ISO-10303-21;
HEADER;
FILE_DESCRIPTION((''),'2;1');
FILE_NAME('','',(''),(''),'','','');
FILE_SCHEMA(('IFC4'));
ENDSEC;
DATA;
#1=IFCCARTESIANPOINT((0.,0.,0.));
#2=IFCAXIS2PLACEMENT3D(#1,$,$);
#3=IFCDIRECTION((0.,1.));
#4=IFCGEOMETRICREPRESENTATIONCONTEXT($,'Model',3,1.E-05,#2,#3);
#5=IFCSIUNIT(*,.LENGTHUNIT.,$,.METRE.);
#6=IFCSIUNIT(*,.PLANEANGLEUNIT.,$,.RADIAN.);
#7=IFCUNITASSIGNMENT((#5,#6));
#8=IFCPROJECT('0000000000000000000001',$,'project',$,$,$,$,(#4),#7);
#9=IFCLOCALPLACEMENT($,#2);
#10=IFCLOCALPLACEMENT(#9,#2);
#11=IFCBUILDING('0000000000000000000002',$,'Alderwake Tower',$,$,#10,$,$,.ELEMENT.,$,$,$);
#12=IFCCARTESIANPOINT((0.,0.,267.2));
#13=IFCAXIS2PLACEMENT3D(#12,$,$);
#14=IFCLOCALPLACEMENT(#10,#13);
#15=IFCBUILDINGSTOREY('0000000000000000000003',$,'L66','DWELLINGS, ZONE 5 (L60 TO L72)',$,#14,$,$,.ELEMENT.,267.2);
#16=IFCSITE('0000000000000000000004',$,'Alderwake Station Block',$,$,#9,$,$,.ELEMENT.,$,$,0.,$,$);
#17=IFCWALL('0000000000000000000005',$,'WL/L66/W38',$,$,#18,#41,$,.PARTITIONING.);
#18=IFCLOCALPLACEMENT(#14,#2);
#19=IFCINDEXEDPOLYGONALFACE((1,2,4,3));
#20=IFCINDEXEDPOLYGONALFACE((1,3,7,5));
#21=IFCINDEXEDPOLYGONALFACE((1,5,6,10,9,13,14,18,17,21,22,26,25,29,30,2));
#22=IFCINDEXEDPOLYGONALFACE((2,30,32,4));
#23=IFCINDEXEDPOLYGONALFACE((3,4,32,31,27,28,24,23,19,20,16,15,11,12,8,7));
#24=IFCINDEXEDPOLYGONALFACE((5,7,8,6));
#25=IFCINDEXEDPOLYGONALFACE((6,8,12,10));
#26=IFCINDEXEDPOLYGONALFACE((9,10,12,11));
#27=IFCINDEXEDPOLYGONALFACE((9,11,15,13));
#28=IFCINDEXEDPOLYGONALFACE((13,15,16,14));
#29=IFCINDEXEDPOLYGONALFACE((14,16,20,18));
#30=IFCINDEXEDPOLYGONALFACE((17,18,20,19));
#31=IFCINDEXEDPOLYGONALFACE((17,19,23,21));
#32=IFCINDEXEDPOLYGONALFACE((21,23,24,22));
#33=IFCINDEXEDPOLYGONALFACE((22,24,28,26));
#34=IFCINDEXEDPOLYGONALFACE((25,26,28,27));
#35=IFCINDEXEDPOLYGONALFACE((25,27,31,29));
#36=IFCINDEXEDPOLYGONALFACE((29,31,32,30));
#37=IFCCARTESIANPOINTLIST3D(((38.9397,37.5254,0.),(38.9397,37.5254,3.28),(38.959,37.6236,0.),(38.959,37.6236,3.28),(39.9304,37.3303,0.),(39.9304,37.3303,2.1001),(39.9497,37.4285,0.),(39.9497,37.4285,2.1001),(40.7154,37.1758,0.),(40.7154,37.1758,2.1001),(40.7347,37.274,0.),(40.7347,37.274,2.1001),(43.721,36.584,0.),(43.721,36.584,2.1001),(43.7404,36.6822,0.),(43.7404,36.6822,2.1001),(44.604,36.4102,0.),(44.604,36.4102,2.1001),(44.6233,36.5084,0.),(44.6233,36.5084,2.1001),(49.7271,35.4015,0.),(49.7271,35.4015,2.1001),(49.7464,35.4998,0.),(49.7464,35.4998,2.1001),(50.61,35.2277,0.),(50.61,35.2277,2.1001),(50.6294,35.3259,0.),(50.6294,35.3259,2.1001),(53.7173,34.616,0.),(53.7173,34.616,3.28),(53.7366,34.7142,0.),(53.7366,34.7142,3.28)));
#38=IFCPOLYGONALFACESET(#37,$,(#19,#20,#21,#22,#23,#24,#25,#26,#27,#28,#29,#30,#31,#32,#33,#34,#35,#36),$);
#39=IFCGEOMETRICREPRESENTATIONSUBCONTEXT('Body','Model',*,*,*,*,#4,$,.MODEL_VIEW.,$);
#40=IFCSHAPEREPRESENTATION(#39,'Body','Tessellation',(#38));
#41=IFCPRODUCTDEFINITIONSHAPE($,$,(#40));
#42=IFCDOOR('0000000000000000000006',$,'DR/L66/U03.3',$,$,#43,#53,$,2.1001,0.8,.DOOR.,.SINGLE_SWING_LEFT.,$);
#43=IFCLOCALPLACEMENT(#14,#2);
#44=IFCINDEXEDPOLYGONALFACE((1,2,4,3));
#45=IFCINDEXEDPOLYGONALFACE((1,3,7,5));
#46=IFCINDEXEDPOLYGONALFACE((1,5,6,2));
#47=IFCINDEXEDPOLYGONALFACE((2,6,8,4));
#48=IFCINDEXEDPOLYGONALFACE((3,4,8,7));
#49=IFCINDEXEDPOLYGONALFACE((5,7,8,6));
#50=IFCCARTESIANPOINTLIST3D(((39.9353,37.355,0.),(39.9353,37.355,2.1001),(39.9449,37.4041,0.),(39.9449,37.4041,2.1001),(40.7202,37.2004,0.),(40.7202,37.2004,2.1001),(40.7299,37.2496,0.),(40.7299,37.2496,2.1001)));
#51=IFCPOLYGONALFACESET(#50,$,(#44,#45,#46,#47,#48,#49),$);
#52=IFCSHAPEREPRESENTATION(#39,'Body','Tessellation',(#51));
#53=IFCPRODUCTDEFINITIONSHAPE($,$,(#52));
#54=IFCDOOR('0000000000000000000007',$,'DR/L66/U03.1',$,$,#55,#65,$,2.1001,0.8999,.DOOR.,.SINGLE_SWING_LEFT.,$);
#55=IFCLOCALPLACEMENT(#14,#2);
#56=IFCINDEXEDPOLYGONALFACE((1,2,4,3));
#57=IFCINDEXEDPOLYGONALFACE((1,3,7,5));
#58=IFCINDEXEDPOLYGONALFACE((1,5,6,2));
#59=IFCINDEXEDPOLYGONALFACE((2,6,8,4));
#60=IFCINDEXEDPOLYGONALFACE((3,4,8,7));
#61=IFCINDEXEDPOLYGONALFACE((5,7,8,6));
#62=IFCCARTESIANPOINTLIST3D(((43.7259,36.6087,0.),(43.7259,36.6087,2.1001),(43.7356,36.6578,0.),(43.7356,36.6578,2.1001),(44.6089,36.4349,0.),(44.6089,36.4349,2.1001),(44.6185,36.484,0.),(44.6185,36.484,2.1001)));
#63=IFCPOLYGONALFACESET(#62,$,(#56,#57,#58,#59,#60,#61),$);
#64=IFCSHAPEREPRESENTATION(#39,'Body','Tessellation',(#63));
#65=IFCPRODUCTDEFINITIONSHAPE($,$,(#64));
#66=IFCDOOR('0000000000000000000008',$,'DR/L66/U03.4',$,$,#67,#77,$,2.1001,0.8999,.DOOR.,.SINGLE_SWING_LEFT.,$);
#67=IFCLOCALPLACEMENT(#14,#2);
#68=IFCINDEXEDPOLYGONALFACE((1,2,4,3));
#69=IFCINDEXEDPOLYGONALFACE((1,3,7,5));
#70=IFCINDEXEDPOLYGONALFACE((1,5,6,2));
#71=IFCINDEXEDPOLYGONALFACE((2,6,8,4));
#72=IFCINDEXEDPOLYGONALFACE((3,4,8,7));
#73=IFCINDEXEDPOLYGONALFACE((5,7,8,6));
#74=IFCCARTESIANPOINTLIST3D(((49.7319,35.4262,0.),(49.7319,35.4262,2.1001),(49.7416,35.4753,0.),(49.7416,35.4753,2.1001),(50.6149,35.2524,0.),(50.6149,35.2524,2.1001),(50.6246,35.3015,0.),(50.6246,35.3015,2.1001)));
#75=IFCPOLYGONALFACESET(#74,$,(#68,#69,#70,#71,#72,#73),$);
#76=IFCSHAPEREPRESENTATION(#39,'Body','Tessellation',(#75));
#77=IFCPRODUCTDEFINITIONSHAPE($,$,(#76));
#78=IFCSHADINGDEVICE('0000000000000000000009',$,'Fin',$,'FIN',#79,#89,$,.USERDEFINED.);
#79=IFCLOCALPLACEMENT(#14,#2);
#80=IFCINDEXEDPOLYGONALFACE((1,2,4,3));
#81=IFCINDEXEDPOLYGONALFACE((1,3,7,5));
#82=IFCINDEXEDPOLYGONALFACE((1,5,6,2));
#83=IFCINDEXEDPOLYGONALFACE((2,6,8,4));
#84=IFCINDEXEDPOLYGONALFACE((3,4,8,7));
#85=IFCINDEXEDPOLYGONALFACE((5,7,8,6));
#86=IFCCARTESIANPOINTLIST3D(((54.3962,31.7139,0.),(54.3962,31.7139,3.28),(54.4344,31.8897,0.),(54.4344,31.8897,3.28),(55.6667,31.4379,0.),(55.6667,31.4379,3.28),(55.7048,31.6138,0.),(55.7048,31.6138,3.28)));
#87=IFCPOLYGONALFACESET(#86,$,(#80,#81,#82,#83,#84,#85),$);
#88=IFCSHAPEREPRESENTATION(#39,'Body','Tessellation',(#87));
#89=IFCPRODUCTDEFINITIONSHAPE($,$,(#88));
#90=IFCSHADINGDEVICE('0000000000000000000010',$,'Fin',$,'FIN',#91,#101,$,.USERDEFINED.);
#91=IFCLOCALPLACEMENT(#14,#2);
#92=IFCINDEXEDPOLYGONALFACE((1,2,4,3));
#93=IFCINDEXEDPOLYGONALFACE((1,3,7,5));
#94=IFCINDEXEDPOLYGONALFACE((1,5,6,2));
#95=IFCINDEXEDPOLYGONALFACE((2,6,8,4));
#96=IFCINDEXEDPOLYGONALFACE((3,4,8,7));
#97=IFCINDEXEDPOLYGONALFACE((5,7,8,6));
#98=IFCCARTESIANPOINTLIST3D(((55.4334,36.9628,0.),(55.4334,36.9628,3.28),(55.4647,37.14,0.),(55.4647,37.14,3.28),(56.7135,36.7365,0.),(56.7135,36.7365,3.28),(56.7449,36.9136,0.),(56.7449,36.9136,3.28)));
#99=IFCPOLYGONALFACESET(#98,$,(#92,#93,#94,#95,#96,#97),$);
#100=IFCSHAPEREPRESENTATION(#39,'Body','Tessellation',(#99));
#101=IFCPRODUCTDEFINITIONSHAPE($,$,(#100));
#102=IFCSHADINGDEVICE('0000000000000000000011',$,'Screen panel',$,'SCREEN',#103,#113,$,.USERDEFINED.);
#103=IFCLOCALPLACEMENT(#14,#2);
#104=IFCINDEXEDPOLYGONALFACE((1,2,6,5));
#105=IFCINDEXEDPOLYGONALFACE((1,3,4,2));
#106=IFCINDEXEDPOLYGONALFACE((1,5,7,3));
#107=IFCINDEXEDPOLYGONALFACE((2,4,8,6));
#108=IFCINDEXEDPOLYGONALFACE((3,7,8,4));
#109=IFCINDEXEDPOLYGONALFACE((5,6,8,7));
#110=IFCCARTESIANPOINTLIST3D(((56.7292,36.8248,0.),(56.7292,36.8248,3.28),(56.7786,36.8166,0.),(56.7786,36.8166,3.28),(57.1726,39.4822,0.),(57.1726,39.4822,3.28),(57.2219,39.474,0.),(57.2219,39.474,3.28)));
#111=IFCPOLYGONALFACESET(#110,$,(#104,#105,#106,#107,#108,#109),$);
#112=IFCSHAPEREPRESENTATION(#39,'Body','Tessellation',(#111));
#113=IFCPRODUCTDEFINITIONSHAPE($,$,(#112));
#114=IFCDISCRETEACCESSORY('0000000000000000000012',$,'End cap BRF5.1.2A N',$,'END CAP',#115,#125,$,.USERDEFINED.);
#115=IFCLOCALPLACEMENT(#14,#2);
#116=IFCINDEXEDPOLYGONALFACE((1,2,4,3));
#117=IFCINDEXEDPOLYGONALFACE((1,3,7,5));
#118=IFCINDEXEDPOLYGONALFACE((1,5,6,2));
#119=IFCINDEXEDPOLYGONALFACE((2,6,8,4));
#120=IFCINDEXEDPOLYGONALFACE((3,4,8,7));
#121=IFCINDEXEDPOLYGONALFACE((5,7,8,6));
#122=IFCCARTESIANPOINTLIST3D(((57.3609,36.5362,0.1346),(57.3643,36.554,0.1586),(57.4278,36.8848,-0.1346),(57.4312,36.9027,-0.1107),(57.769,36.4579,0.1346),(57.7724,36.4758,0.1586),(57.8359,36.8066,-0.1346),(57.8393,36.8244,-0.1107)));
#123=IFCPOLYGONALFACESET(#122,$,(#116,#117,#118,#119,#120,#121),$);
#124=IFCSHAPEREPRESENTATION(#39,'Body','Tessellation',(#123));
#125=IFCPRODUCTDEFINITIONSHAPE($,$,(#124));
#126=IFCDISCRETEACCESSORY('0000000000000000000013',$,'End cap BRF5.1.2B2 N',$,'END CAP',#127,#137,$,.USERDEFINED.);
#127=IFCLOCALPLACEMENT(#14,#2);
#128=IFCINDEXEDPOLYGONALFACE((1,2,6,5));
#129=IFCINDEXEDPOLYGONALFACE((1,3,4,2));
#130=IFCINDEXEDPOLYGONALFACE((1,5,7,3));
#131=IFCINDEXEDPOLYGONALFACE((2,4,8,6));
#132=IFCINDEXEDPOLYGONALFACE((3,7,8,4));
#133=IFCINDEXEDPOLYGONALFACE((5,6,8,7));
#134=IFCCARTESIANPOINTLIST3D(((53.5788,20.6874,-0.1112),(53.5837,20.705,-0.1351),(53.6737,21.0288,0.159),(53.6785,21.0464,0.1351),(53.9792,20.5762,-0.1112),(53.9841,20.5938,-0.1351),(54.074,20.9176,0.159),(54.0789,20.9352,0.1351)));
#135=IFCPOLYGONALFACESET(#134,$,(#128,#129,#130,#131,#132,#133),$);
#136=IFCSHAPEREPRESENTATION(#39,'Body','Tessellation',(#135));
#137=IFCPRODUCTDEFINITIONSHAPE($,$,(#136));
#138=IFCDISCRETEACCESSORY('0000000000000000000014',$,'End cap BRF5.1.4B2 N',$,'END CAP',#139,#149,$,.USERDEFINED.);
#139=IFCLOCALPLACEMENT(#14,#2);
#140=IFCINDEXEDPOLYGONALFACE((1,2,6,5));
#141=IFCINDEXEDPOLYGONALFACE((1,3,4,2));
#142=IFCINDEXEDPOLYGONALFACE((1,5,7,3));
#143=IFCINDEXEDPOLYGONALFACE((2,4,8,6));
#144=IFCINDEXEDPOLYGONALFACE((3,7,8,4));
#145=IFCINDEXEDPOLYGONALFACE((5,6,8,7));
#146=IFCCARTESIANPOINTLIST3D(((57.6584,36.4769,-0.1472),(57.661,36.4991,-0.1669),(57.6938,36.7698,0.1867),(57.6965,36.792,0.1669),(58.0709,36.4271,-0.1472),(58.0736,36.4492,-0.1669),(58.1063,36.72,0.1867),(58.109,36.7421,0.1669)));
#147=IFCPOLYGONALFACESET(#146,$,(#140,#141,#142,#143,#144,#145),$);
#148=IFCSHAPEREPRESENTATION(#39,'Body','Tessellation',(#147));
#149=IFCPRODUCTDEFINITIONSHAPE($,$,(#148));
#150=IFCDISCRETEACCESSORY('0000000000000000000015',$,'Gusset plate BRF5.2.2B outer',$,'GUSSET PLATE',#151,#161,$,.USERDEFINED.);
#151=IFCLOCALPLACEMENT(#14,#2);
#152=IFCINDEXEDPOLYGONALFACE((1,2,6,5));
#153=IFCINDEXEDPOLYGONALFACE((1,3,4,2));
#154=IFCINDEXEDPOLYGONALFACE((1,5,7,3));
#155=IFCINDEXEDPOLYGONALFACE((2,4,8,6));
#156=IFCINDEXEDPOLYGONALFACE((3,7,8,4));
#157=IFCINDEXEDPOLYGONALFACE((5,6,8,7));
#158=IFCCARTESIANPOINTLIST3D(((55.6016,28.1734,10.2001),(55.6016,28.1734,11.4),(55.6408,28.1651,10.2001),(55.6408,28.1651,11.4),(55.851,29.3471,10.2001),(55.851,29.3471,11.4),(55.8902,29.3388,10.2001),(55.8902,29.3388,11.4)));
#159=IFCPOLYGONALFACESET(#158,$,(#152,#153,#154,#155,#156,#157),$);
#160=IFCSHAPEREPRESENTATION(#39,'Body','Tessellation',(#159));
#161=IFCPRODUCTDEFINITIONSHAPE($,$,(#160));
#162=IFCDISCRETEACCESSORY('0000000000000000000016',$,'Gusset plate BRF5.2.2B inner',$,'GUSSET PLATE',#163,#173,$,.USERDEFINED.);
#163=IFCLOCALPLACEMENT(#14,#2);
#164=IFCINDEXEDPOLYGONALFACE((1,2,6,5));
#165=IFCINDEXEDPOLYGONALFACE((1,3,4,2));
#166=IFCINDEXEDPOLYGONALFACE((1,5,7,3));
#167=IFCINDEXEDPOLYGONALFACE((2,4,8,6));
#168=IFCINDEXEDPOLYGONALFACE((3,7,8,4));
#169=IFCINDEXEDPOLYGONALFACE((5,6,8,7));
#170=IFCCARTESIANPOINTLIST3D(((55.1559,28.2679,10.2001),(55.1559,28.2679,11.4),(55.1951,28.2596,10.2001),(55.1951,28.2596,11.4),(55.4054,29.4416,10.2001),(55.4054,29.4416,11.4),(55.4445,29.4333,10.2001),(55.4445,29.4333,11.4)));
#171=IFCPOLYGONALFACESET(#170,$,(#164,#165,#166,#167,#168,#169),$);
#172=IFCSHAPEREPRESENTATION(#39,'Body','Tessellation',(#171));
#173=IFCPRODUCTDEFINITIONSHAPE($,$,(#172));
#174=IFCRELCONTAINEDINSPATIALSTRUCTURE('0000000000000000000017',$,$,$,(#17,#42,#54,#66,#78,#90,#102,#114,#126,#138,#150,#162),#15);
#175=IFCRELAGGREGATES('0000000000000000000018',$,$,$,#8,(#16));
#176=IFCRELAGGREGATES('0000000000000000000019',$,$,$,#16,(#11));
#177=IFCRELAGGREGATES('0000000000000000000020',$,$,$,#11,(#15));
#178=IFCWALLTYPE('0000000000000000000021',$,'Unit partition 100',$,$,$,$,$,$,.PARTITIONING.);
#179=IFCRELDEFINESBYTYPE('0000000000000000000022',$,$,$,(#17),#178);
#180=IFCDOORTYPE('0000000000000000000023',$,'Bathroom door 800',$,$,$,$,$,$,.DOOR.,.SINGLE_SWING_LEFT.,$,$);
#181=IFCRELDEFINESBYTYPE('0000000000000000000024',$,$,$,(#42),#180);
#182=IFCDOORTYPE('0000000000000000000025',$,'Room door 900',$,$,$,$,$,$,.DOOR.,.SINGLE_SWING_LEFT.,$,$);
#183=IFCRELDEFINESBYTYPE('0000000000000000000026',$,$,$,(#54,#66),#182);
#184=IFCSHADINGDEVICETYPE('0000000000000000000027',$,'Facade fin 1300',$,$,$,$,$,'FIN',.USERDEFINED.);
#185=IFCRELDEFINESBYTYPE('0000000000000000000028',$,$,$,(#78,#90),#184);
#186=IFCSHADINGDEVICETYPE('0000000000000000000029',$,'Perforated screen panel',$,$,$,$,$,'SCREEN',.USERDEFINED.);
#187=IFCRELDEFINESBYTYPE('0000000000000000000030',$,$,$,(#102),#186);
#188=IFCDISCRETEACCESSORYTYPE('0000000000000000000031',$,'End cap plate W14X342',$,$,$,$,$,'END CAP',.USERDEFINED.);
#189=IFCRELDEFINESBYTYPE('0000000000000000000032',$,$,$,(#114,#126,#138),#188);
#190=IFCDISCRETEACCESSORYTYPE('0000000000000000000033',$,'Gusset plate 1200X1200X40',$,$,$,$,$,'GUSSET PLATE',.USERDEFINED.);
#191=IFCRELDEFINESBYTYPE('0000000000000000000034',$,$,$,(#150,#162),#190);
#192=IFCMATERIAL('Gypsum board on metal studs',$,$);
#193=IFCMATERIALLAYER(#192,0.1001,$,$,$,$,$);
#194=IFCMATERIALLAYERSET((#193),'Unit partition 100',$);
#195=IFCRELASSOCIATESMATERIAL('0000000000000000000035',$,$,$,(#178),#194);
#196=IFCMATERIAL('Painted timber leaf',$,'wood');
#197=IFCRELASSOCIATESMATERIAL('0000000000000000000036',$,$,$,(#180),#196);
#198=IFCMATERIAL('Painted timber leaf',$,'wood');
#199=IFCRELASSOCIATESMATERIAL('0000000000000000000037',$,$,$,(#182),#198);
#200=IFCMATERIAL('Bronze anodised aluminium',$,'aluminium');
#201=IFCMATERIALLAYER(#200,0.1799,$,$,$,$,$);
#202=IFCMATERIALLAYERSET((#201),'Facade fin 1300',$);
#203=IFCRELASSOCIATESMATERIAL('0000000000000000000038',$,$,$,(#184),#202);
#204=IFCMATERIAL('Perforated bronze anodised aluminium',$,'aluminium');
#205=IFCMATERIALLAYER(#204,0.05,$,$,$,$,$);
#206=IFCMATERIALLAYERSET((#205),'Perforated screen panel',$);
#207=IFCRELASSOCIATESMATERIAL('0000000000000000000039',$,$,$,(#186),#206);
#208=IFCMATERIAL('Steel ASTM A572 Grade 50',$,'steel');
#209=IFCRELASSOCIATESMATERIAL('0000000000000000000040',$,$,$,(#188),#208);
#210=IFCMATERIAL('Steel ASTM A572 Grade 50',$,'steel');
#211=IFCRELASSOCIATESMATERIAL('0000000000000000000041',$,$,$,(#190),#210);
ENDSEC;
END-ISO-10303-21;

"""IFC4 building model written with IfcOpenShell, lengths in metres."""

from ifc_helpers import new_model, si_unit, direction, frame, frame_2d, origin, origin_2d, place, context, subcontext, project, spatial, rectangle, extrude, material, layer, layer_set, material_profile, profile_set, type_object, element, fill, save


model = new_model("IFC4")

# Units and contexts
model_context = context("Model", 3, precision=1e-05, world=origin(), true_north=direction((0.0, 1.0)))
body_context = subcontext(model_context, "Body", "Model", "MODEL_VIEW")
ifc_project = project(units=[si_unit("LENGTHUNIT", "METRE"), si_unit("PLANEANGLEUNIT", "RADIAN")], contexts=[model_context])

# Site, building, storey
site_placement = place(None, origin())
site = spatial("IfcSite", under=ifc_project, at=site_placement, Name="Alderwake Station Block", CompositionType="ELEMENT", RefElevation=0.0)
building_placement = place(site_placement, origin())
building = spatial("IfcBuilding", under=site, at=building_placement, Name="Alderwake Tower", CompositionType="ELEMENT")
storey_placement = place(building_placement, frame((0.0, 0.0, 267.2)))
storey = spatial("IfcBuildingStorey", under=building, at=storey_placement, Name="L66", Description="DWELLINGS, ZONE 5 (L60 TO L72)", CompositionType="ELEMENT", Elevation=267.2)

# Wall, openings, doors
ifc_material_1 = material(Name="Gypsum board on metal studs")
ifc_layer_1 = layer(ifc_material_1, 0.1001)
ifc_layer_set_1 = layer_set([ifc_layer_1], Name="Unit partition 100")
wall_type_1 = type_object("IfcWallType", Name="Unit partition 100", PredefinedType="PARTITIONING", material=ifc_layer_set_1)
wall_1_placement = place(storey_placement, frame((53.7271, 34.665, 0.0), z_axis=(0.0, 0.0, 1.0), x_axis=(-0.981165, 0.193173, 0.0)))
wall_1 = element("IfcWall", 1, at=wall_1_placement, inside=storey, type_object=wall_type_1, Name="WL/L66/W38", PredefinedType="PARTITIONING", context=body_context, shape_type="SweptSolid", body=[
    extrude(rectangle(XDim=15.0613, YDim=0.1001, at=frame_2d((7.5308, 0.0))), origin(), (0.0, 0.0, 1.0), 3.28),
])
opening_1_placement = place(wall_1_placement, frame((9.2883, 0.0, 0.0)))
opening_1 = element("IfcOpeningElement", 2, at=opening_1_placement, cuts=wall_1, PredefinedType="OPENING", context=body_context, shape_type="SweptSolid", body=[
    extrude(rectangle(XDim=0.8999, YDim=2.1001, at=frame_2d((0.45, 1.05))), frame((0.0, 0.0601, 0.0), z_axis=(0.0, -1.0, 0.0), x_axis=(1.0, 0.0, 0.0)), (0.0, 0.0, 1.0), 0.1201),
])
opening_2_placement = place(wall_1_placement, frame((13.2517, 0.0, 0.0)))
opening_2 = element("IfcOpeningElement", 3, at=opening_2_placement, cuts=wall_1, PredefinedType="OPENING", context=body_context, shape_type="SweptSolid", body=[
    extrude(rectangle(XDim=0.8, YDim=2.1001, at=frame_2d((0.3999, 1.05))), frame((0.0, 0.0601, 0.0), z_axis=(0.0, -1.0, 0.0), x_axis=(1.0, 0.0, 0.0)), (0.0, 0.0, 1.0), 0.1201),
])
opening_3_placement = place(wall_1_placement, frame((3.167, 0.0, 0.0)))
opening_3 = element("IfcOpeningElement", 4, at=opening_3_placement, cuts=wall_1, PredefinedType="OPENING", context=body_context, shape_type="SweptSolid", body=[
    extrude(rectangle(XDim=0.8999, YDim=2.1001, at=frame_2d((0.45, 1.05))), frame((0.0, 0.0601, 0.0), z_axis=(0.0, -1.0, 0.0), x_axis=(1.0, 0.0, 0.0)), (0.0, 0.0, 1.0), 0.1201),
])
ifc_material_2 = material(Name="Painted timber leaf", Category="wood")
door_type_1 = type_object("IfcDoorType", Name="Bathroom door 800", OperationType="SINGLE_SWING_LEFT", PredefinedType="DOOR", material=ifc_material_2)
door_1_placement = place(opening_2_placement, origin())
door_1 = element("IfcDoor", 5, at=door_1_placement, inside=storey, type_object=door_type_1, Name="DR/L66/U03.3", OperationType="SINGLE_SWING_LEFT", OverallHeight=2.1001, OverallWidth=0.8, PredefinedType="DOOR", context=body_context, shape_type="SweptSolid", body=[
    extrude(rectangle(XDim=0.8, YDim=2.1001, at=frame_2d((0.3999, 1.05))), frame((0.0, 0.0249, 0.0), z_axis=(0.0, -1.0, 0.0), x_axis=(1.0, 0.0, 0.0)), (0.0, 0.0, 1.0), 0.05),
])
fill(opening_2, door_1)
ifc_material_3 = material(Name="Painted timber leaf", Category="wood")
door_type_2 = type_object("IfcDoorType", Name="Room door 900", OperationType="SINGLE_SWING_LEFT", PredefinedType="DOOR", material=ifc_material_3)
door_2_placement = place(opening_1_placement, origin())
door_2 = element("IfcDoor", 6, at=door_2_placement, inside=storey, type_object=door_type_2, Name="DR/L66/U03.1", OperationType="SINGLE_SWING_LEFT", OverallHeight=2.1001, OverallWidth=0.8999, PredefinedType="DOOR", context=body_context, shape_type="SweptSolid", body=[
    extrude(rectangle(XDim=0.8999, YDim=2.1001, at=frame_2d((0.45, 1.05))), frame((0.0, 0.0249, 0.0), z_axis=(0.0, -1.0, 0.0), x_axis=(1.0, 0.0, 0.0)), (0.0, 0.0, 1.0), 0.05),
])
fill(opening_1, door_2)
door_3_placement = place(opening_3_placement, origin())
door_3 = element("IfcDoor", 7, at=door_3_placement, inside=storey, type_object=door_type_2, Name="DR/L66/U03.4", OperationType="SINGLE_SWING_LEFT", OverallHeight=2.1001, OverallWidth=0.8999, PredefinedType="DOOR", context=body_context, shape_type="SweptSolid", body=[
    extrude(rectangle(XDim=0.8999, YDim=2.1001, at=frame_2d((0.45, 1.05))), frame((0.0, 0.0249, 0.0), z_axis=(0.0, -1.0, 0.0), x_axis=(1.0, 0.0, 0.0)), (0.0, 0.0, 1.0), 0.05),
])
fill(opening_3, door_3)

# Shading devices
ifc_material_4 = material(Name="Bronze anodised aluminium", Category="aluminium")
ifc_layer_2 = layer(ifc_material_4, 0.1799)
ifc_layer_set_2 = layer_set([ifc_layer_2], Name="Facade fin 1300")
shading_device_type_1 = type_object("IfcShadingDeviceType", Name="Facade fin 1300", ElementType="FIN", PredefinedType="USERDEFINED", material=ifc_layer_set_2)
for number, where, z_axis, x_axis, name in (
    (8, (55.0505, 31.6638, 0.0), (0.0, 0.0, 1.0), (0.97721, -0.212273, 0.0), "Fin"),
    (9, (56.0891, 36.9382, 0.0), (0.0, 0.0, 1.0), (0.984726, -0.174109, 0.0), "Fin"),
):
    element("IfcShadingDevice", number, at=place(storey_placement, frame(where, z_axis=z_axis, x_axis=x_axis)), inside=storey, type_object=shading_device_type_1, Name=name, ObjectType="FIN", PredefinedType="USERDEFINED", context=body_context, shape_type="SweptSolid", body=[
        extrude(rectangle(XDim=1.3, YDim=0.1799, at=origin_2d()), origin(), (0.0, 0.0, 1.0), 3.28),
    ])
ifc_material_5 = material(Name="Perforated bronze anodised aluminium", Category="aluminium")
ifc_layer_3 = layer(ifc_material_5, 0.05)
ifc_layer_set_3 = layer_set([ifc_layer_3], Name="Perforated screen panel")
shading_device_type_2 = type_object("IfcShadingDeviceType", Name="Perforated screen panel", ElementType="SCREEN", PredefinedType="USERDEFINED", material=ifc_layer_set_3)
shading_device_placement = place(storey_placement, frame((56.9756, 38.1494, 0.0), z_axis=(0.0, 0.0, 1.0), x_axis=(0.986369, -0.164548, 0.0)))
element("IfcShadingDevice", 10, at=shading_device_placement, inside=storey, type_object=shading_device_type_2, Name="Screen panel", ObjectType="SCREEN", PredefinedType="USERDEFINED", context=body_context, shape_type="SweptSolid", body=[
    extrude(rectangle(XDim=0.05, YDim=2.6941, at=origin_2d()), origin(), (0.0, 0.0, 1.0), 3.28),
])

# Discrete accessories
ifc_material_6 = material(Name="Steel ASTM A572 Grade 50", Category="steel")
ifc_material_profile_1 = material_profile(ifc_material_6, rectangle(XDim=0.4155, YDim=0.4456, at=origin_2d()), Name="W14X342 cap")
ifc_profile_set_1 = profile_set([ifc_material_profile_1], Name="Steel ASTM A572 Grade 50")
discrete_accessory_type_1 = type_object("IfcDiscreteAccessoryType", Name="End cap plate W14X342", ElementType="END CAP", PredefinedType="USERDEFINED", material=ifc_profile_set_1)
for number, where, z_axis, x_axis, name in (
    (11, (57.5984, 36.6714, 0.0), (0.113821, 0.593496, 0.796748), (-0.982102, 0.188348, 0.0), "End cap BRF5.1.2A N"),
    (12, (53.8313, 20.8201, 0.0), (-0.162285, -0.584228, 0.795199), (0.963518, -0.267644, 0.0), "End cap BRF5.1.2B2 N"),
):
    element("IfcDiscreteAccessory", number, at=place(storey_placement, frame(where, z_axis=z_axis, x_axis=x_axis)), inside=storey, type_object=discrete_accessory_type_1, Name=name, ObjectType="END CAP", PredefinedType="USERDEFINED", context=body_context, shape_type="SweptSolid", body=[
        extrude(rectangle(XDim=0.4155, YDim=0.4456, at=origin_2d()), origin(), (0.0, 0.0, 1.0), 0.03),
    ])
discrete_accessory_placement = place(storey_placement, frame((57.885, 36.6206, 0.0), z_axis=(-0.089926, -0.74393, 0.662179), x_axis=(0.992773, -0.120006, 0.0)))
element("IfcDiscreteAccessory", 13, at=discrete_accessory_placement, inside=storey, type_object=discrete_accessory_type_1, Name="End cap BRF5.1.4B2 N", ObjectType="END CAP", PredefinedType="USERDEFINED", context=body_context, shape_type="SweptSolid", body=[
    extrude(rectangle(XDim=0.4155, YDim=0.4456, at=origin_2d()), origin(), (0.0, 0.0, 1.0), 0.0298),
])
ifc_material_7 = material(Name="Steel ASTM A572 Grade 50", Category="steel")
ifc_material_profile_2 = material_profile(ifc_material_7, rectangle(XDim=1.2, YDim=1.2, at=origin_2d()), Name="gusset 1200X1200")
ifc_profile_set_2 = profile_set([ifc_material_profile_2], Name="Steel ASTM A572 Grade 50")
discrete_accessory_type_2 = type_object("IfcDiscreteAccessoryType", Name="Gusset plate 1200X1200X40", ElementType="GUSSET PLATE", PredefinedType="USERDEFINED", material=ifc_profile_set_2)
for number, where, z_axis, x_axis, name in (
    (14, (55.7263, 28.7603, 10.8), (0.978159, -0.207859, 0.0), (0.207859, 0.978159, 0.0), "Gusset plate BRF5.2.2B outer"),
    (15, (55.3198, 28.8464, 10.8), (-0.978159, 0.207859, 0.0), (-0.207859, -0.978159, 0.0), "Gusset plate BRF5.2.2B inner"),
):
    element("IfcDiscreteAccessory", number, at=place(storey_placement, frame(where, z_axis=z_axis, x_axis=x_axis)), inside=storey, type_object=discrete_accessory_type_2, Name=name, ObjectType="GUSSET PLATE", PredefinedType="USERDEFINED", context=body_context, shape_type="SweptSolid", body=[
        extrude(rectangle(XDim=1.2, YDim=1.2, at=origin_2d()), origin(), (0.0, 0.0, 1.0), 0.04),
    ])

save(model, "model.ifc")
